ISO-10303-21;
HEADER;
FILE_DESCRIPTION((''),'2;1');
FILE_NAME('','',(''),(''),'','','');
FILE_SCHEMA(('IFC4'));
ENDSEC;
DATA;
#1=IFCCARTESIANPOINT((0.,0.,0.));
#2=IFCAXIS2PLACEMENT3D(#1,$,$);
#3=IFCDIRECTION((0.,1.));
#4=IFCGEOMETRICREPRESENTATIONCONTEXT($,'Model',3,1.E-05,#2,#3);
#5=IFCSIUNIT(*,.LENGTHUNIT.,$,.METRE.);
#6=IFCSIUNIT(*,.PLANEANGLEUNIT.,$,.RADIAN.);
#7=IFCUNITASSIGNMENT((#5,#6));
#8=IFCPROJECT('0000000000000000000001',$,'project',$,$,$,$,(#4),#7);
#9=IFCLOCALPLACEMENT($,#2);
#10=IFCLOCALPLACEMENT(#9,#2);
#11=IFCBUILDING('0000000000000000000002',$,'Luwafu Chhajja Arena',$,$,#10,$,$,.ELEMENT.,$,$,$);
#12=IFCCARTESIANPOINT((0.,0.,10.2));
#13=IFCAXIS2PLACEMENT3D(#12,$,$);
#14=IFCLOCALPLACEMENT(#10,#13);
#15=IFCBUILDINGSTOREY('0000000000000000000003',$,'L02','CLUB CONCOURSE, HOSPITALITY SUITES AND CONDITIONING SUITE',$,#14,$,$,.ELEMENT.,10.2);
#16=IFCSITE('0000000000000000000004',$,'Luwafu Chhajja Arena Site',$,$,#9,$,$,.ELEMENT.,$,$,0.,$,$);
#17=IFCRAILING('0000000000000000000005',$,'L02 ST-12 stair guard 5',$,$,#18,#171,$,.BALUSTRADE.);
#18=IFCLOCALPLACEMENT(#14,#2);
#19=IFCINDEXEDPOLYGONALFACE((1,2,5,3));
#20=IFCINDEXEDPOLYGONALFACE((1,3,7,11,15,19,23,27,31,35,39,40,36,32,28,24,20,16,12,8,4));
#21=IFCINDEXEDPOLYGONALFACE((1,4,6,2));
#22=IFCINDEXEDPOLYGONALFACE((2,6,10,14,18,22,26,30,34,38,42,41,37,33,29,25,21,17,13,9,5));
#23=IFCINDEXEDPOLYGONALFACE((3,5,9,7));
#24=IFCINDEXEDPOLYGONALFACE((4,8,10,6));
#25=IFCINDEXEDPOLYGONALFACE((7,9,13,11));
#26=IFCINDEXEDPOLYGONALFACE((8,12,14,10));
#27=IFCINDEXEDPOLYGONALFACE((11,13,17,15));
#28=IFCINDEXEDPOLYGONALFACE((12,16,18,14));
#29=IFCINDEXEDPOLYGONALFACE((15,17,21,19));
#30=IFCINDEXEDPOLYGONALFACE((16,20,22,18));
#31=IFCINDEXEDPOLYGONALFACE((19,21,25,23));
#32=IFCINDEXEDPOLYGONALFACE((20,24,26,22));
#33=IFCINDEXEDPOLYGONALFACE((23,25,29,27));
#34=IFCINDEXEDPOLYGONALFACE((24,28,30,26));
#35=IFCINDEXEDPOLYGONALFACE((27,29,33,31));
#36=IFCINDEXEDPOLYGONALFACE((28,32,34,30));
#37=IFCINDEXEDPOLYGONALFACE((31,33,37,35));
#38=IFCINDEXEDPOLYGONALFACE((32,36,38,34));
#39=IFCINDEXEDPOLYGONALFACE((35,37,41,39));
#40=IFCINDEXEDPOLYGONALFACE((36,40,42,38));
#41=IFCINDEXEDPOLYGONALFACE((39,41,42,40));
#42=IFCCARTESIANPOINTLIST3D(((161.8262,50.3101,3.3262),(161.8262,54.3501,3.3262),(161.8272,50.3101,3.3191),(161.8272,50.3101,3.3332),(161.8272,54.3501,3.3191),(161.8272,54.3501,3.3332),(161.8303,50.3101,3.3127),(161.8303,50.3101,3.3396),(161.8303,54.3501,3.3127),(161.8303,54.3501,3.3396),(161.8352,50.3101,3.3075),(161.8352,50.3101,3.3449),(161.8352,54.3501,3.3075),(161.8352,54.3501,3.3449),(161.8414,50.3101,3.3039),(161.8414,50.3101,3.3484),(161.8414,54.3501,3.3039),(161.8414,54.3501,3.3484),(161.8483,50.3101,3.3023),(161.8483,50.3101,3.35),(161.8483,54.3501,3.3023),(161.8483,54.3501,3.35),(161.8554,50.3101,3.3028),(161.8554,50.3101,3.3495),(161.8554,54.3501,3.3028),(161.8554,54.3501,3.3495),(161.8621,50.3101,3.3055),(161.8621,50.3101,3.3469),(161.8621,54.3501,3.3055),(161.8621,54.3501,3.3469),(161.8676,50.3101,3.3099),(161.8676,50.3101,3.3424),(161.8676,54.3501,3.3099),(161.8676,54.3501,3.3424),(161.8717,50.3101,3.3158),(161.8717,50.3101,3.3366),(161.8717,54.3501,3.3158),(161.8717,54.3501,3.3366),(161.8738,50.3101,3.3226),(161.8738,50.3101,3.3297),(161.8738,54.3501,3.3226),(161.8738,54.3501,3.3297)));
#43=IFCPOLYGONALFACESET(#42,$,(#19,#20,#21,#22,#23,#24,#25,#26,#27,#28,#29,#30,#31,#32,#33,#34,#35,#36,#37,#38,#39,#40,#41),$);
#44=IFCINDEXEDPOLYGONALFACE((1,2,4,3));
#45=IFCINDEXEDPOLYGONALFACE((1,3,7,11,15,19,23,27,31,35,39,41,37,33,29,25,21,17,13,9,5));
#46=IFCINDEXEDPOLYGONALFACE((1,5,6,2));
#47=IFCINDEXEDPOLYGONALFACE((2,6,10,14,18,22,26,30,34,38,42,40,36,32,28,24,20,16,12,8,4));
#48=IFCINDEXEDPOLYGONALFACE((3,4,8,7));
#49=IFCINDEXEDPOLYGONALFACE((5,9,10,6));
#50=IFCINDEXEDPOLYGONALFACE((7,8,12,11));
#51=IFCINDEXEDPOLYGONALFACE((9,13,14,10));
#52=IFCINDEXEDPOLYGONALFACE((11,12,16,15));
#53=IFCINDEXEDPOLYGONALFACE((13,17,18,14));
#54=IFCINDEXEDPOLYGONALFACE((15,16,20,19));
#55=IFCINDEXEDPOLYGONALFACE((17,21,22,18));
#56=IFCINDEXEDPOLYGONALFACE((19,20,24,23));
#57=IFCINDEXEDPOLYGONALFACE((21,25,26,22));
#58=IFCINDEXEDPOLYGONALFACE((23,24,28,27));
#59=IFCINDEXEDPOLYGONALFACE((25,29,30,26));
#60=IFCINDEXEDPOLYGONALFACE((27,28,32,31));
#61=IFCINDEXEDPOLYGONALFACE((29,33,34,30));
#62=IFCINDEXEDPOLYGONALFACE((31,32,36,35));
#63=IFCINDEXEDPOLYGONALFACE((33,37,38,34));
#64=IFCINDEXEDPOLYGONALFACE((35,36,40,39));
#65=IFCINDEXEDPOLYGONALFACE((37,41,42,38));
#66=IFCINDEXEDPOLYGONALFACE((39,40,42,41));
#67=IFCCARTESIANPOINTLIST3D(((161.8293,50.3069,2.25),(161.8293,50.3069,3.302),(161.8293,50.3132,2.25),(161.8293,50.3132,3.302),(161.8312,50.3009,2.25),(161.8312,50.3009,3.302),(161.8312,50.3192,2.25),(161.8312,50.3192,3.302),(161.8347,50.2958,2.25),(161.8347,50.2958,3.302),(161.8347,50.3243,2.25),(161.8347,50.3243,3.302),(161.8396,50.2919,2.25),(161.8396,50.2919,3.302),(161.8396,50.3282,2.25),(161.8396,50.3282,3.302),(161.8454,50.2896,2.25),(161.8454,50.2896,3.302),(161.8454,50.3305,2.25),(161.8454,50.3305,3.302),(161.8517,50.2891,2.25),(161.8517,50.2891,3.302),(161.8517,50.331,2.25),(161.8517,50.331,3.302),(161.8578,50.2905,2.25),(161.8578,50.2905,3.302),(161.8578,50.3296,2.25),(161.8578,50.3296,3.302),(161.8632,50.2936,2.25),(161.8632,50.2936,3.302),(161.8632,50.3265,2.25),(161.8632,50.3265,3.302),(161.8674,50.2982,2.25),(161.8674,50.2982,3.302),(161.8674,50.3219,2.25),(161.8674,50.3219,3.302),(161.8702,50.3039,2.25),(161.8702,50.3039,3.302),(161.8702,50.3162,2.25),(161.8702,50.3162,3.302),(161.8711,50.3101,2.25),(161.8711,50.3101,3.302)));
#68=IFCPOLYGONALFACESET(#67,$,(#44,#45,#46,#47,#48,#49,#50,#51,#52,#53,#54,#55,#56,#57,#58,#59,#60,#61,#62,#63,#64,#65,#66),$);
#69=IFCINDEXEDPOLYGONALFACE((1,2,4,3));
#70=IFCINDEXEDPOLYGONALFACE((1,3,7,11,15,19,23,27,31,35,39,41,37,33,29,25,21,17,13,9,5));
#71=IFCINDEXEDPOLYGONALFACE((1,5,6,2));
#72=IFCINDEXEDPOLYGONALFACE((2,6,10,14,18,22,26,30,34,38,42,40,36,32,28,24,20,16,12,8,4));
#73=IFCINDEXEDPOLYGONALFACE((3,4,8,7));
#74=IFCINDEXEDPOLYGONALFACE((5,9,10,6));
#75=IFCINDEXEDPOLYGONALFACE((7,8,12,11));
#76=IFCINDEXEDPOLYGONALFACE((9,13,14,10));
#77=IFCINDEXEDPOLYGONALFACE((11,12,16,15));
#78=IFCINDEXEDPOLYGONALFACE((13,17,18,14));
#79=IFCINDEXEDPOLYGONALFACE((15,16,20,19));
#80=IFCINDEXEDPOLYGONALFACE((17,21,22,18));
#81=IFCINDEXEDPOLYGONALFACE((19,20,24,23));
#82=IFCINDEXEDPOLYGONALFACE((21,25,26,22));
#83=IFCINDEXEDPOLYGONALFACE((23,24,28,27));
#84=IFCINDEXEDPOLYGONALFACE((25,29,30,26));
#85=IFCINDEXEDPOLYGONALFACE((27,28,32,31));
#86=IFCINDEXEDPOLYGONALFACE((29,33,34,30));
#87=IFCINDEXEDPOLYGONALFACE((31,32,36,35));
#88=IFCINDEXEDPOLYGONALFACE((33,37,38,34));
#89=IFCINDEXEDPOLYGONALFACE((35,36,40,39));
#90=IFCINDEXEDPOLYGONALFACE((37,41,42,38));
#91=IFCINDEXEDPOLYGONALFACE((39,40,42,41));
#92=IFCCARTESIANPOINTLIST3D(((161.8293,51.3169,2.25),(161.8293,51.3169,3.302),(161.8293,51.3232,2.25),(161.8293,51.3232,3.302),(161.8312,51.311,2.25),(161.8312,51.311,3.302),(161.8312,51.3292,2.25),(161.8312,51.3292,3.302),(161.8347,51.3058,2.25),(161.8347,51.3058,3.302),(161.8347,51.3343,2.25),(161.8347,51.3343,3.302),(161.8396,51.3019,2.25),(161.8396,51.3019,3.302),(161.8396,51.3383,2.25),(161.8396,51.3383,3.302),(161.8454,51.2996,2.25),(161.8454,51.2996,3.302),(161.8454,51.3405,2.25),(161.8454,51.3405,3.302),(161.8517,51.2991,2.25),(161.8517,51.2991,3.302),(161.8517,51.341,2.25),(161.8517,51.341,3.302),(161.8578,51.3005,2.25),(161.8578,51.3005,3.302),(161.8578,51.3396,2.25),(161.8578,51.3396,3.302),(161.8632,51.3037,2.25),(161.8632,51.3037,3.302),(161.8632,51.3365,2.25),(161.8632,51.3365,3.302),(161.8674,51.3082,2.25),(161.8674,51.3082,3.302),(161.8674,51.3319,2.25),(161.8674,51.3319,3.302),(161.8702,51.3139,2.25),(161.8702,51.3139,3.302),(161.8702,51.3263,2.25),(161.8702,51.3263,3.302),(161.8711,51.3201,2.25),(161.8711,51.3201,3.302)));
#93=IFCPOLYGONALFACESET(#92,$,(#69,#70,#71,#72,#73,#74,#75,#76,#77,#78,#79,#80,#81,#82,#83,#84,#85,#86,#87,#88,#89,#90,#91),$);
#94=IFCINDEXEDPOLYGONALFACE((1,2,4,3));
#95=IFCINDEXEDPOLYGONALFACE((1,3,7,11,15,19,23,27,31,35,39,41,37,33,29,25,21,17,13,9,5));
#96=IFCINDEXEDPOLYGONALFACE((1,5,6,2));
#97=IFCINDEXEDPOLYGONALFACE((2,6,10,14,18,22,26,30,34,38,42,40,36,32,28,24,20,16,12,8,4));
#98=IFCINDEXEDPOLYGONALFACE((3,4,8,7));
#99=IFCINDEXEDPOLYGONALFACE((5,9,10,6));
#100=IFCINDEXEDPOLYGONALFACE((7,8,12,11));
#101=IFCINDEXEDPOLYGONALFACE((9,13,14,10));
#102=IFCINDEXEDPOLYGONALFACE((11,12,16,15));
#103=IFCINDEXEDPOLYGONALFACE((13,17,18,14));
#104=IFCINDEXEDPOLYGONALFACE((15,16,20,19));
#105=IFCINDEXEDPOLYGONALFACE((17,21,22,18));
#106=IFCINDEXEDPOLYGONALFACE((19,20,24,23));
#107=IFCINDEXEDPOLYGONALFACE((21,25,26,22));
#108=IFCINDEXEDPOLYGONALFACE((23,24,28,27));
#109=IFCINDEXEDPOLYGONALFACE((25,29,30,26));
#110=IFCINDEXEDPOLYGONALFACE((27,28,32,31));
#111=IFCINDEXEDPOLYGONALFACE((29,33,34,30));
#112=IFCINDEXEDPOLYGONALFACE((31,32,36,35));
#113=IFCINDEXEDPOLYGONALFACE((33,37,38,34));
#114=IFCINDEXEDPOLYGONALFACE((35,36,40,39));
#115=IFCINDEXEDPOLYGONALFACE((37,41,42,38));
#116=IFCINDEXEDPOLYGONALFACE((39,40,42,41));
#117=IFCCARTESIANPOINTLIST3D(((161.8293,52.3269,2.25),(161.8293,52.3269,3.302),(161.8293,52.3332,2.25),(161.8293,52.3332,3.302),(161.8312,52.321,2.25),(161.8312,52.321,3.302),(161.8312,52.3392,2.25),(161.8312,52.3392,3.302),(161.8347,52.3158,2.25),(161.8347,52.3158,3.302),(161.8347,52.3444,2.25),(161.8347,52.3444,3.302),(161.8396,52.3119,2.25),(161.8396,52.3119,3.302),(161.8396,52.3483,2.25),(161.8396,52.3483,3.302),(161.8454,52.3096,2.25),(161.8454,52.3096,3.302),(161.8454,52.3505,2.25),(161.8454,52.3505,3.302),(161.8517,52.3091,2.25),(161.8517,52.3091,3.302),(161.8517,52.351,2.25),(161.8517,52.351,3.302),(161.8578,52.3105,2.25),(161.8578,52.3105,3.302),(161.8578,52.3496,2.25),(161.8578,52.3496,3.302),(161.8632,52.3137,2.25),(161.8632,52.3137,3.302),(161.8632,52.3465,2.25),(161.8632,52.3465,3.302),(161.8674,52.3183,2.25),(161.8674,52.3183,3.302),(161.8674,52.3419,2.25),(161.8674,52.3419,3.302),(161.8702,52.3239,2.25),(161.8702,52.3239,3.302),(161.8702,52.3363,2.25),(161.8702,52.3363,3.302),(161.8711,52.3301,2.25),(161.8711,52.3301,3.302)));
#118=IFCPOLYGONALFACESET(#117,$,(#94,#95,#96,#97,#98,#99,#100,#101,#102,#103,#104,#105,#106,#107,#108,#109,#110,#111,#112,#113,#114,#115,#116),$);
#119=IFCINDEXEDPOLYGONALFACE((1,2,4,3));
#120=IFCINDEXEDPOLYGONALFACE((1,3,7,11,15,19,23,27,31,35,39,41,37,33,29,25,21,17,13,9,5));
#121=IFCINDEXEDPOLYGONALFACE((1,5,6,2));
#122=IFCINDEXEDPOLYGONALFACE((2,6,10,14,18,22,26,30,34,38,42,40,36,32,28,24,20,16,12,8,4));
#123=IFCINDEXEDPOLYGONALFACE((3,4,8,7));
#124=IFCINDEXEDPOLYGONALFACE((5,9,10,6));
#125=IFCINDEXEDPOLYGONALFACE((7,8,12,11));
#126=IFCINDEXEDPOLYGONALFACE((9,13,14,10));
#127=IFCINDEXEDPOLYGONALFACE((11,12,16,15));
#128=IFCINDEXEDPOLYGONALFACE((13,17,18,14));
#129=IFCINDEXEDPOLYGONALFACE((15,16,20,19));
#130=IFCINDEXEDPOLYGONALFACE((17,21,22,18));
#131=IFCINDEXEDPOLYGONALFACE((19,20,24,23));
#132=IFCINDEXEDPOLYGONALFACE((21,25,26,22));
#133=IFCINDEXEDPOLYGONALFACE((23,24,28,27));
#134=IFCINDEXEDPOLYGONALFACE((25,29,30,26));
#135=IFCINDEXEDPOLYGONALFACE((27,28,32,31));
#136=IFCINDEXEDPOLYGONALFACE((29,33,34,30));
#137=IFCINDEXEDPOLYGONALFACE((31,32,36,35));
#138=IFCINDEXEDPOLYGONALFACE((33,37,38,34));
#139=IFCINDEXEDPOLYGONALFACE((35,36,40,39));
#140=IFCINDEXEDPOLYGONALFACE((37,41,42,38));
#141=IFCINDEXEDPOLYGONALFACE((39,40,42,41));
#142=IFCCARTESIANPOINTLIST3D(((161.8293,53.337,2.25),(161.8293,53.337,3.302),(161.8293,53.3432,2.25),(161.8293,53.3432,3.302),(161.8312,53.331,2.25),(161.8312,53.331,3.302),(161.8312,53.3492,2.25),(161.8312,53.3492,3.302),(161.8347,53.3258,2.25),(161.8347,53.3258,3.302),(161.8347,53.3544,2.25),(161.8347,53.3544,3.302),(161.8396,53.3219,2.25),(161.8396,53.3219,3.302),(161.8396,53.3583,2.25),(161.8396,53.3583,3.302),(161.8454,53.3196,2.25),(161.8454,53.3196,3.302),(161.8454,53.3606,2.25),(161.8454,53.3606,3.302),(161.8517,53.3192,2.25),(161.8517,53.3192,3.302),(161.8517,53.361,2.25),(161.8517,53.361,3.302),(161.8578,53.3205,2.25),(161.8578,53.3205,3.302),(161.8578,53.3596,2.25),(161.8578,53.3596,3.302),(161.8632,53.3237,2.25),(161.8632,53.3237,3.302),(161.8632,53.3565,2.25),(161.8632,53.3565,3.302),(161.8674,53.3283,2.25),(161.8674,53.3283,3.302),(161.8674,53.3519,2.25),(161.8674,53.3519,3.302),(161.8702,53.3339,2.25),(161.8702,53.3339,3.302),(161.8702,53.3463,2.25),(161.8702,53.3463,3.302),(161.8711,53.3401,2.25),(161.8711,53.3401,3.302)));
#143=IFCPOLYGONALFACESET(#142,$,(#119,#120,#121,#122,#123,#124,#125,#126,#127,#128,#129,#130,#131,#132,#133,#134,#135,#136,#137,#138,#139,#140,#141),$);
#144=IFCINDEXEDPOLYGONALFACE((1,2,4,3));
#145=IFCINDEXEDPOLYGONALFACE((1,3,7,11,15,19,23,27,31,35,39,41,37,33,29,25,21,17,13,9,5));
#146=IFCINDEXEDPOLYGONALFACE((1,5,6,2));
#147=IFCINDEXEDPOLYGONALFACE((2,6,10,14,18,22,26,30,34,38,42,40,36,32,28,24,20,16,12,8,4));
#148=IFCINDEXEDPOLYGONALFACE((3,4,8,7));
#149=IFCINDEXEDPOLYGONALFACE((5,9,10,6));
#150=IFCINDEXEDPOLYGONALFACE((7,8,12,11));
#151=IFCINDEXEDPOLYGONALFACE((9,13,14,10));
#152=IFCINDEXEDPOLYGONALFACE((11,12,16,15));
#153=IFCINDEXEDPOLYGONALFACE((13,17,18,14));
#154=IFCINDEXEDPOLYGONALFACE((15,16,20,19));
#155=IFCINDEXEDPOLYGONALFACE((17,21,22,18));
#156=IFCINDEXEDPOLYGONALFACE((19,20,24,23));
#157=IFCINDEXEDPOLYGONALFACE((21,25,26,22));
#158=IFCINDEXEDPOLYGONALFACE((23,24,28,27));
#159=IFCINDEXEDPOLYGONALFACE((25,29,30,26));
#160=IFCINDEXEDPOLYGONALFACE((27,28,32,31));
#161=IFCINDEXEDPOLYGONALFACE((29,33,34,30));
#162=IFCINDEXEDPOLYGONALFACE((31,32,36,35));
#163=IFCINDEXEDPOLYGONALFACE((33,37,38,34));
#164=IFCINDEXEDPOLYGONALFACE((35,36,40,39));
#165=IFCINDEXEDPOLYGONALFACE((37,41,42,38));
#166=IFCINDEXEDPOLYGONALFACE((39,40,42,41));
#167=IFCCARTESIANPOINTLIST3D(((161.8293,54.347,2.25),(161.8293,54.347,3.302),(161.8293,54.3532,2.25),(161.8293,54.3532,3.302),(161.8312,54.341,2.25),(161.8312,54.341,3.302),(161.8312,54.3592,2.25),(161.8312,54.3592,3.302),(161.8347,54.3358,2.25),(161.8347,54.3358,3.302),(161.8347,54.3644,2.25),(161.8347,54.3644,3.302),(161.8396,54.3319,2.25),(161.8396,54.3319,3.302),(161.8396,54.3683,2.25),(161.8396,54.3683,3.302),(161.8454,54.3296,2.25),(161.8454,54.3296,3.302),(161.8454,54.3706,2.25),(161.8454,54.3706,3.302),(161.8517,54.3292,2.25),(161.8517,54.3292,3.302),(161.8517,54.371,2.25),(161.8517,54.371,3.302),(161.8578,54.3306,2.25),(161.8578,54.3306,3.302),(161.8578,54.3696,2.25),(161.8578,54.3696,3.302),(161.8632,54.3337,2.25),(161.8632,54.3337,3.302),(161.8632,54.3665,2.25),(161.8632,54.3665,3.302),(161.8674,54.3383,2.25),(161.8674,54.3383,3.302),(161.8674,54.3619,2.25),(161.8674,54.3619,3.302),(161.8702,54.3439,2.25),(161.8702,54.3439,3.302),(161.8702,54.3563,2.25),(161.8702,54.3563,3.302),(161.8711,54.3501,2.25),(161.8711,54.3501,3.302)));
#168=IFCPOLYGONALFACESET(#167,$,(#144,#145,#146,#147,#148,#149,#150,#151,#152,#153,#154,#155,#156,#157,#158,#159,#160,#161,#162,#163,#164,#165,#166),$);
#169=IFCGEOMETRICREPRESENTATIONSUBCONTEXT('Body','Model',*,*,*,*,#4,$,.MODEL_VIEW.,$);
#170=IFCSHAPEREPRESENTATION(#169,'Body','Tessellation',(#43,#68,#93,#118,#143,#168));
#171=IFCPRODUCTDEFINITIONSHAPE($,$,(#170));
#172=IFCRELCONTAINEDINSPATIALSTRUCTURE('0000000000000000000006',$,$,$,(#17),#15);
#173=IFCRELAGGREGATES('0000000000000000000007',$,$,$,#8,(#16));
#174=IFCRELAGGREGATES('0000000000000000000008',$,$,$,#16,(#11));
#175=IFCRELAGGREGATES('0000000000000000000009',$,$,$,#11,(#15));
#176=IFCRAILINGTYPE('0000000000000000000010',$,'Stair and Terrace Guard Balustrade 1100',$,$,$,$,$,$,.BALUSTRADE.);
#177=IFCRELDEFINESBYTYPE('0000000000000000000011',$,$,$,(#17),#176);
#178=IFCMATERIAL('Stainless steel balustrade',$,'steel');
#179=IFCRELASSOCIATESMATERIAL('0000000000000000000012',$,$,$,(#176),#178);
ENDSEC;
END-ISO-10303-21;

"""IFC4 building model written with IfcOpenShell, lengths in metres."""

from ifc_helpers import new_model, si_unit, direction, frame, origin, origin_2d, place, context, subcontext, project, spatial, circle, extrude, material, type_object, element, save


model = new_model("IFC4")

# Units and contexts
model_context = context("Model", 3, precision=1e-05, world=origin(), true_north=direction((0.0, 1.0)))
body_context = subcontext(model_context, "Body", "Model", "MODEL_VIEW")
ifc_project = project(units=[si_unit("LENGTHUNIT", "METRE"), si_unit("PLANEANGLEUNIT", "RADIAN")], contexts=[model_context])

# Site, building, storey
site_placement = place(None, origin())
site = spatial("IfcSite", under=ifc_project, at=site_placement, Name="Luwafu Chhajja Arena Site", CompositionType="ELEMENT", RefElevation=0.0)
building_placement = place(site_placement, origin())
building = spatial("IfcBuilding", under=site, at=building_placement, Name="Luwafu Chhajja Arena", CompositionType="ELEMENT")
storey_placement = place(building_placement, frame((0.0, 0.0, 10.2)))
storey = spatial("IfcBuildingStorey", under=building, at=storey_placement, Name="L02", Description="CLUB CONCOURSE, HOSPITALITY SUITES AND CONDITIONING SUITE", CompositionType="ELEMENT", Elevation=10.2)

# Railing
ifc_material_1 = material(Name="Stainless steel balustrade", Category="steel")
railing_type_1 = type_object("IfcRailingType", Name="Stair and Terrace Guard Balustrade 1100", PredefinedType="BALUSTRADE", material=ifc_material_1)
railing_1_placement = place(storey_placement, frame((161.8501, 50.3101, 2.25)))
element("IfcRailing", 1, at=railing_1_placement, inside=storey, type_object=railing_type_1, Name="L02 ST-12 stair guard 5", PredefinedType="BALUSTRADE", context=body_context, shape_type="SweptSolid", body=[
    extrude(circle(Radius=0.0239, at=origin_2d()), frame((0.0, 0.0, 1.0762), z_axis=(0.0, 1.0, 0.0), x_axis=(-1.0, 0.0, 0.0)), (0.0, 0.0, 1.0), 4.04),
    extrude(circle(Radius=0.021, at=origin_2d()), origin(), (0.0, 0.0, 1.0), 1.052),
    extrude(circle(Radius=0.021, at=origin_2d()), frame((0.0, 1.01, 0.0)), (0.0, 0.0, 1.0), 1.052),
    extrude(circle(Radius=0.021, at=origin_2d()), frame((0.0, 2.02, 0.0)), (0.0, 0.0, 1.0), 1.052),
    extrude(circle(Radius=0.021, at=origin_2d()), frame((0.0, 3.03, 0.0)), (0.0, 0.0, 1.0), 1.052),
    extrude(circle(Radius=0.021, at=origin_2d()), frame((0.0, 4.04, 0.0)), (0.0, 0.0, 1.0), 1.052),
])

save(model, "model.ifc")
